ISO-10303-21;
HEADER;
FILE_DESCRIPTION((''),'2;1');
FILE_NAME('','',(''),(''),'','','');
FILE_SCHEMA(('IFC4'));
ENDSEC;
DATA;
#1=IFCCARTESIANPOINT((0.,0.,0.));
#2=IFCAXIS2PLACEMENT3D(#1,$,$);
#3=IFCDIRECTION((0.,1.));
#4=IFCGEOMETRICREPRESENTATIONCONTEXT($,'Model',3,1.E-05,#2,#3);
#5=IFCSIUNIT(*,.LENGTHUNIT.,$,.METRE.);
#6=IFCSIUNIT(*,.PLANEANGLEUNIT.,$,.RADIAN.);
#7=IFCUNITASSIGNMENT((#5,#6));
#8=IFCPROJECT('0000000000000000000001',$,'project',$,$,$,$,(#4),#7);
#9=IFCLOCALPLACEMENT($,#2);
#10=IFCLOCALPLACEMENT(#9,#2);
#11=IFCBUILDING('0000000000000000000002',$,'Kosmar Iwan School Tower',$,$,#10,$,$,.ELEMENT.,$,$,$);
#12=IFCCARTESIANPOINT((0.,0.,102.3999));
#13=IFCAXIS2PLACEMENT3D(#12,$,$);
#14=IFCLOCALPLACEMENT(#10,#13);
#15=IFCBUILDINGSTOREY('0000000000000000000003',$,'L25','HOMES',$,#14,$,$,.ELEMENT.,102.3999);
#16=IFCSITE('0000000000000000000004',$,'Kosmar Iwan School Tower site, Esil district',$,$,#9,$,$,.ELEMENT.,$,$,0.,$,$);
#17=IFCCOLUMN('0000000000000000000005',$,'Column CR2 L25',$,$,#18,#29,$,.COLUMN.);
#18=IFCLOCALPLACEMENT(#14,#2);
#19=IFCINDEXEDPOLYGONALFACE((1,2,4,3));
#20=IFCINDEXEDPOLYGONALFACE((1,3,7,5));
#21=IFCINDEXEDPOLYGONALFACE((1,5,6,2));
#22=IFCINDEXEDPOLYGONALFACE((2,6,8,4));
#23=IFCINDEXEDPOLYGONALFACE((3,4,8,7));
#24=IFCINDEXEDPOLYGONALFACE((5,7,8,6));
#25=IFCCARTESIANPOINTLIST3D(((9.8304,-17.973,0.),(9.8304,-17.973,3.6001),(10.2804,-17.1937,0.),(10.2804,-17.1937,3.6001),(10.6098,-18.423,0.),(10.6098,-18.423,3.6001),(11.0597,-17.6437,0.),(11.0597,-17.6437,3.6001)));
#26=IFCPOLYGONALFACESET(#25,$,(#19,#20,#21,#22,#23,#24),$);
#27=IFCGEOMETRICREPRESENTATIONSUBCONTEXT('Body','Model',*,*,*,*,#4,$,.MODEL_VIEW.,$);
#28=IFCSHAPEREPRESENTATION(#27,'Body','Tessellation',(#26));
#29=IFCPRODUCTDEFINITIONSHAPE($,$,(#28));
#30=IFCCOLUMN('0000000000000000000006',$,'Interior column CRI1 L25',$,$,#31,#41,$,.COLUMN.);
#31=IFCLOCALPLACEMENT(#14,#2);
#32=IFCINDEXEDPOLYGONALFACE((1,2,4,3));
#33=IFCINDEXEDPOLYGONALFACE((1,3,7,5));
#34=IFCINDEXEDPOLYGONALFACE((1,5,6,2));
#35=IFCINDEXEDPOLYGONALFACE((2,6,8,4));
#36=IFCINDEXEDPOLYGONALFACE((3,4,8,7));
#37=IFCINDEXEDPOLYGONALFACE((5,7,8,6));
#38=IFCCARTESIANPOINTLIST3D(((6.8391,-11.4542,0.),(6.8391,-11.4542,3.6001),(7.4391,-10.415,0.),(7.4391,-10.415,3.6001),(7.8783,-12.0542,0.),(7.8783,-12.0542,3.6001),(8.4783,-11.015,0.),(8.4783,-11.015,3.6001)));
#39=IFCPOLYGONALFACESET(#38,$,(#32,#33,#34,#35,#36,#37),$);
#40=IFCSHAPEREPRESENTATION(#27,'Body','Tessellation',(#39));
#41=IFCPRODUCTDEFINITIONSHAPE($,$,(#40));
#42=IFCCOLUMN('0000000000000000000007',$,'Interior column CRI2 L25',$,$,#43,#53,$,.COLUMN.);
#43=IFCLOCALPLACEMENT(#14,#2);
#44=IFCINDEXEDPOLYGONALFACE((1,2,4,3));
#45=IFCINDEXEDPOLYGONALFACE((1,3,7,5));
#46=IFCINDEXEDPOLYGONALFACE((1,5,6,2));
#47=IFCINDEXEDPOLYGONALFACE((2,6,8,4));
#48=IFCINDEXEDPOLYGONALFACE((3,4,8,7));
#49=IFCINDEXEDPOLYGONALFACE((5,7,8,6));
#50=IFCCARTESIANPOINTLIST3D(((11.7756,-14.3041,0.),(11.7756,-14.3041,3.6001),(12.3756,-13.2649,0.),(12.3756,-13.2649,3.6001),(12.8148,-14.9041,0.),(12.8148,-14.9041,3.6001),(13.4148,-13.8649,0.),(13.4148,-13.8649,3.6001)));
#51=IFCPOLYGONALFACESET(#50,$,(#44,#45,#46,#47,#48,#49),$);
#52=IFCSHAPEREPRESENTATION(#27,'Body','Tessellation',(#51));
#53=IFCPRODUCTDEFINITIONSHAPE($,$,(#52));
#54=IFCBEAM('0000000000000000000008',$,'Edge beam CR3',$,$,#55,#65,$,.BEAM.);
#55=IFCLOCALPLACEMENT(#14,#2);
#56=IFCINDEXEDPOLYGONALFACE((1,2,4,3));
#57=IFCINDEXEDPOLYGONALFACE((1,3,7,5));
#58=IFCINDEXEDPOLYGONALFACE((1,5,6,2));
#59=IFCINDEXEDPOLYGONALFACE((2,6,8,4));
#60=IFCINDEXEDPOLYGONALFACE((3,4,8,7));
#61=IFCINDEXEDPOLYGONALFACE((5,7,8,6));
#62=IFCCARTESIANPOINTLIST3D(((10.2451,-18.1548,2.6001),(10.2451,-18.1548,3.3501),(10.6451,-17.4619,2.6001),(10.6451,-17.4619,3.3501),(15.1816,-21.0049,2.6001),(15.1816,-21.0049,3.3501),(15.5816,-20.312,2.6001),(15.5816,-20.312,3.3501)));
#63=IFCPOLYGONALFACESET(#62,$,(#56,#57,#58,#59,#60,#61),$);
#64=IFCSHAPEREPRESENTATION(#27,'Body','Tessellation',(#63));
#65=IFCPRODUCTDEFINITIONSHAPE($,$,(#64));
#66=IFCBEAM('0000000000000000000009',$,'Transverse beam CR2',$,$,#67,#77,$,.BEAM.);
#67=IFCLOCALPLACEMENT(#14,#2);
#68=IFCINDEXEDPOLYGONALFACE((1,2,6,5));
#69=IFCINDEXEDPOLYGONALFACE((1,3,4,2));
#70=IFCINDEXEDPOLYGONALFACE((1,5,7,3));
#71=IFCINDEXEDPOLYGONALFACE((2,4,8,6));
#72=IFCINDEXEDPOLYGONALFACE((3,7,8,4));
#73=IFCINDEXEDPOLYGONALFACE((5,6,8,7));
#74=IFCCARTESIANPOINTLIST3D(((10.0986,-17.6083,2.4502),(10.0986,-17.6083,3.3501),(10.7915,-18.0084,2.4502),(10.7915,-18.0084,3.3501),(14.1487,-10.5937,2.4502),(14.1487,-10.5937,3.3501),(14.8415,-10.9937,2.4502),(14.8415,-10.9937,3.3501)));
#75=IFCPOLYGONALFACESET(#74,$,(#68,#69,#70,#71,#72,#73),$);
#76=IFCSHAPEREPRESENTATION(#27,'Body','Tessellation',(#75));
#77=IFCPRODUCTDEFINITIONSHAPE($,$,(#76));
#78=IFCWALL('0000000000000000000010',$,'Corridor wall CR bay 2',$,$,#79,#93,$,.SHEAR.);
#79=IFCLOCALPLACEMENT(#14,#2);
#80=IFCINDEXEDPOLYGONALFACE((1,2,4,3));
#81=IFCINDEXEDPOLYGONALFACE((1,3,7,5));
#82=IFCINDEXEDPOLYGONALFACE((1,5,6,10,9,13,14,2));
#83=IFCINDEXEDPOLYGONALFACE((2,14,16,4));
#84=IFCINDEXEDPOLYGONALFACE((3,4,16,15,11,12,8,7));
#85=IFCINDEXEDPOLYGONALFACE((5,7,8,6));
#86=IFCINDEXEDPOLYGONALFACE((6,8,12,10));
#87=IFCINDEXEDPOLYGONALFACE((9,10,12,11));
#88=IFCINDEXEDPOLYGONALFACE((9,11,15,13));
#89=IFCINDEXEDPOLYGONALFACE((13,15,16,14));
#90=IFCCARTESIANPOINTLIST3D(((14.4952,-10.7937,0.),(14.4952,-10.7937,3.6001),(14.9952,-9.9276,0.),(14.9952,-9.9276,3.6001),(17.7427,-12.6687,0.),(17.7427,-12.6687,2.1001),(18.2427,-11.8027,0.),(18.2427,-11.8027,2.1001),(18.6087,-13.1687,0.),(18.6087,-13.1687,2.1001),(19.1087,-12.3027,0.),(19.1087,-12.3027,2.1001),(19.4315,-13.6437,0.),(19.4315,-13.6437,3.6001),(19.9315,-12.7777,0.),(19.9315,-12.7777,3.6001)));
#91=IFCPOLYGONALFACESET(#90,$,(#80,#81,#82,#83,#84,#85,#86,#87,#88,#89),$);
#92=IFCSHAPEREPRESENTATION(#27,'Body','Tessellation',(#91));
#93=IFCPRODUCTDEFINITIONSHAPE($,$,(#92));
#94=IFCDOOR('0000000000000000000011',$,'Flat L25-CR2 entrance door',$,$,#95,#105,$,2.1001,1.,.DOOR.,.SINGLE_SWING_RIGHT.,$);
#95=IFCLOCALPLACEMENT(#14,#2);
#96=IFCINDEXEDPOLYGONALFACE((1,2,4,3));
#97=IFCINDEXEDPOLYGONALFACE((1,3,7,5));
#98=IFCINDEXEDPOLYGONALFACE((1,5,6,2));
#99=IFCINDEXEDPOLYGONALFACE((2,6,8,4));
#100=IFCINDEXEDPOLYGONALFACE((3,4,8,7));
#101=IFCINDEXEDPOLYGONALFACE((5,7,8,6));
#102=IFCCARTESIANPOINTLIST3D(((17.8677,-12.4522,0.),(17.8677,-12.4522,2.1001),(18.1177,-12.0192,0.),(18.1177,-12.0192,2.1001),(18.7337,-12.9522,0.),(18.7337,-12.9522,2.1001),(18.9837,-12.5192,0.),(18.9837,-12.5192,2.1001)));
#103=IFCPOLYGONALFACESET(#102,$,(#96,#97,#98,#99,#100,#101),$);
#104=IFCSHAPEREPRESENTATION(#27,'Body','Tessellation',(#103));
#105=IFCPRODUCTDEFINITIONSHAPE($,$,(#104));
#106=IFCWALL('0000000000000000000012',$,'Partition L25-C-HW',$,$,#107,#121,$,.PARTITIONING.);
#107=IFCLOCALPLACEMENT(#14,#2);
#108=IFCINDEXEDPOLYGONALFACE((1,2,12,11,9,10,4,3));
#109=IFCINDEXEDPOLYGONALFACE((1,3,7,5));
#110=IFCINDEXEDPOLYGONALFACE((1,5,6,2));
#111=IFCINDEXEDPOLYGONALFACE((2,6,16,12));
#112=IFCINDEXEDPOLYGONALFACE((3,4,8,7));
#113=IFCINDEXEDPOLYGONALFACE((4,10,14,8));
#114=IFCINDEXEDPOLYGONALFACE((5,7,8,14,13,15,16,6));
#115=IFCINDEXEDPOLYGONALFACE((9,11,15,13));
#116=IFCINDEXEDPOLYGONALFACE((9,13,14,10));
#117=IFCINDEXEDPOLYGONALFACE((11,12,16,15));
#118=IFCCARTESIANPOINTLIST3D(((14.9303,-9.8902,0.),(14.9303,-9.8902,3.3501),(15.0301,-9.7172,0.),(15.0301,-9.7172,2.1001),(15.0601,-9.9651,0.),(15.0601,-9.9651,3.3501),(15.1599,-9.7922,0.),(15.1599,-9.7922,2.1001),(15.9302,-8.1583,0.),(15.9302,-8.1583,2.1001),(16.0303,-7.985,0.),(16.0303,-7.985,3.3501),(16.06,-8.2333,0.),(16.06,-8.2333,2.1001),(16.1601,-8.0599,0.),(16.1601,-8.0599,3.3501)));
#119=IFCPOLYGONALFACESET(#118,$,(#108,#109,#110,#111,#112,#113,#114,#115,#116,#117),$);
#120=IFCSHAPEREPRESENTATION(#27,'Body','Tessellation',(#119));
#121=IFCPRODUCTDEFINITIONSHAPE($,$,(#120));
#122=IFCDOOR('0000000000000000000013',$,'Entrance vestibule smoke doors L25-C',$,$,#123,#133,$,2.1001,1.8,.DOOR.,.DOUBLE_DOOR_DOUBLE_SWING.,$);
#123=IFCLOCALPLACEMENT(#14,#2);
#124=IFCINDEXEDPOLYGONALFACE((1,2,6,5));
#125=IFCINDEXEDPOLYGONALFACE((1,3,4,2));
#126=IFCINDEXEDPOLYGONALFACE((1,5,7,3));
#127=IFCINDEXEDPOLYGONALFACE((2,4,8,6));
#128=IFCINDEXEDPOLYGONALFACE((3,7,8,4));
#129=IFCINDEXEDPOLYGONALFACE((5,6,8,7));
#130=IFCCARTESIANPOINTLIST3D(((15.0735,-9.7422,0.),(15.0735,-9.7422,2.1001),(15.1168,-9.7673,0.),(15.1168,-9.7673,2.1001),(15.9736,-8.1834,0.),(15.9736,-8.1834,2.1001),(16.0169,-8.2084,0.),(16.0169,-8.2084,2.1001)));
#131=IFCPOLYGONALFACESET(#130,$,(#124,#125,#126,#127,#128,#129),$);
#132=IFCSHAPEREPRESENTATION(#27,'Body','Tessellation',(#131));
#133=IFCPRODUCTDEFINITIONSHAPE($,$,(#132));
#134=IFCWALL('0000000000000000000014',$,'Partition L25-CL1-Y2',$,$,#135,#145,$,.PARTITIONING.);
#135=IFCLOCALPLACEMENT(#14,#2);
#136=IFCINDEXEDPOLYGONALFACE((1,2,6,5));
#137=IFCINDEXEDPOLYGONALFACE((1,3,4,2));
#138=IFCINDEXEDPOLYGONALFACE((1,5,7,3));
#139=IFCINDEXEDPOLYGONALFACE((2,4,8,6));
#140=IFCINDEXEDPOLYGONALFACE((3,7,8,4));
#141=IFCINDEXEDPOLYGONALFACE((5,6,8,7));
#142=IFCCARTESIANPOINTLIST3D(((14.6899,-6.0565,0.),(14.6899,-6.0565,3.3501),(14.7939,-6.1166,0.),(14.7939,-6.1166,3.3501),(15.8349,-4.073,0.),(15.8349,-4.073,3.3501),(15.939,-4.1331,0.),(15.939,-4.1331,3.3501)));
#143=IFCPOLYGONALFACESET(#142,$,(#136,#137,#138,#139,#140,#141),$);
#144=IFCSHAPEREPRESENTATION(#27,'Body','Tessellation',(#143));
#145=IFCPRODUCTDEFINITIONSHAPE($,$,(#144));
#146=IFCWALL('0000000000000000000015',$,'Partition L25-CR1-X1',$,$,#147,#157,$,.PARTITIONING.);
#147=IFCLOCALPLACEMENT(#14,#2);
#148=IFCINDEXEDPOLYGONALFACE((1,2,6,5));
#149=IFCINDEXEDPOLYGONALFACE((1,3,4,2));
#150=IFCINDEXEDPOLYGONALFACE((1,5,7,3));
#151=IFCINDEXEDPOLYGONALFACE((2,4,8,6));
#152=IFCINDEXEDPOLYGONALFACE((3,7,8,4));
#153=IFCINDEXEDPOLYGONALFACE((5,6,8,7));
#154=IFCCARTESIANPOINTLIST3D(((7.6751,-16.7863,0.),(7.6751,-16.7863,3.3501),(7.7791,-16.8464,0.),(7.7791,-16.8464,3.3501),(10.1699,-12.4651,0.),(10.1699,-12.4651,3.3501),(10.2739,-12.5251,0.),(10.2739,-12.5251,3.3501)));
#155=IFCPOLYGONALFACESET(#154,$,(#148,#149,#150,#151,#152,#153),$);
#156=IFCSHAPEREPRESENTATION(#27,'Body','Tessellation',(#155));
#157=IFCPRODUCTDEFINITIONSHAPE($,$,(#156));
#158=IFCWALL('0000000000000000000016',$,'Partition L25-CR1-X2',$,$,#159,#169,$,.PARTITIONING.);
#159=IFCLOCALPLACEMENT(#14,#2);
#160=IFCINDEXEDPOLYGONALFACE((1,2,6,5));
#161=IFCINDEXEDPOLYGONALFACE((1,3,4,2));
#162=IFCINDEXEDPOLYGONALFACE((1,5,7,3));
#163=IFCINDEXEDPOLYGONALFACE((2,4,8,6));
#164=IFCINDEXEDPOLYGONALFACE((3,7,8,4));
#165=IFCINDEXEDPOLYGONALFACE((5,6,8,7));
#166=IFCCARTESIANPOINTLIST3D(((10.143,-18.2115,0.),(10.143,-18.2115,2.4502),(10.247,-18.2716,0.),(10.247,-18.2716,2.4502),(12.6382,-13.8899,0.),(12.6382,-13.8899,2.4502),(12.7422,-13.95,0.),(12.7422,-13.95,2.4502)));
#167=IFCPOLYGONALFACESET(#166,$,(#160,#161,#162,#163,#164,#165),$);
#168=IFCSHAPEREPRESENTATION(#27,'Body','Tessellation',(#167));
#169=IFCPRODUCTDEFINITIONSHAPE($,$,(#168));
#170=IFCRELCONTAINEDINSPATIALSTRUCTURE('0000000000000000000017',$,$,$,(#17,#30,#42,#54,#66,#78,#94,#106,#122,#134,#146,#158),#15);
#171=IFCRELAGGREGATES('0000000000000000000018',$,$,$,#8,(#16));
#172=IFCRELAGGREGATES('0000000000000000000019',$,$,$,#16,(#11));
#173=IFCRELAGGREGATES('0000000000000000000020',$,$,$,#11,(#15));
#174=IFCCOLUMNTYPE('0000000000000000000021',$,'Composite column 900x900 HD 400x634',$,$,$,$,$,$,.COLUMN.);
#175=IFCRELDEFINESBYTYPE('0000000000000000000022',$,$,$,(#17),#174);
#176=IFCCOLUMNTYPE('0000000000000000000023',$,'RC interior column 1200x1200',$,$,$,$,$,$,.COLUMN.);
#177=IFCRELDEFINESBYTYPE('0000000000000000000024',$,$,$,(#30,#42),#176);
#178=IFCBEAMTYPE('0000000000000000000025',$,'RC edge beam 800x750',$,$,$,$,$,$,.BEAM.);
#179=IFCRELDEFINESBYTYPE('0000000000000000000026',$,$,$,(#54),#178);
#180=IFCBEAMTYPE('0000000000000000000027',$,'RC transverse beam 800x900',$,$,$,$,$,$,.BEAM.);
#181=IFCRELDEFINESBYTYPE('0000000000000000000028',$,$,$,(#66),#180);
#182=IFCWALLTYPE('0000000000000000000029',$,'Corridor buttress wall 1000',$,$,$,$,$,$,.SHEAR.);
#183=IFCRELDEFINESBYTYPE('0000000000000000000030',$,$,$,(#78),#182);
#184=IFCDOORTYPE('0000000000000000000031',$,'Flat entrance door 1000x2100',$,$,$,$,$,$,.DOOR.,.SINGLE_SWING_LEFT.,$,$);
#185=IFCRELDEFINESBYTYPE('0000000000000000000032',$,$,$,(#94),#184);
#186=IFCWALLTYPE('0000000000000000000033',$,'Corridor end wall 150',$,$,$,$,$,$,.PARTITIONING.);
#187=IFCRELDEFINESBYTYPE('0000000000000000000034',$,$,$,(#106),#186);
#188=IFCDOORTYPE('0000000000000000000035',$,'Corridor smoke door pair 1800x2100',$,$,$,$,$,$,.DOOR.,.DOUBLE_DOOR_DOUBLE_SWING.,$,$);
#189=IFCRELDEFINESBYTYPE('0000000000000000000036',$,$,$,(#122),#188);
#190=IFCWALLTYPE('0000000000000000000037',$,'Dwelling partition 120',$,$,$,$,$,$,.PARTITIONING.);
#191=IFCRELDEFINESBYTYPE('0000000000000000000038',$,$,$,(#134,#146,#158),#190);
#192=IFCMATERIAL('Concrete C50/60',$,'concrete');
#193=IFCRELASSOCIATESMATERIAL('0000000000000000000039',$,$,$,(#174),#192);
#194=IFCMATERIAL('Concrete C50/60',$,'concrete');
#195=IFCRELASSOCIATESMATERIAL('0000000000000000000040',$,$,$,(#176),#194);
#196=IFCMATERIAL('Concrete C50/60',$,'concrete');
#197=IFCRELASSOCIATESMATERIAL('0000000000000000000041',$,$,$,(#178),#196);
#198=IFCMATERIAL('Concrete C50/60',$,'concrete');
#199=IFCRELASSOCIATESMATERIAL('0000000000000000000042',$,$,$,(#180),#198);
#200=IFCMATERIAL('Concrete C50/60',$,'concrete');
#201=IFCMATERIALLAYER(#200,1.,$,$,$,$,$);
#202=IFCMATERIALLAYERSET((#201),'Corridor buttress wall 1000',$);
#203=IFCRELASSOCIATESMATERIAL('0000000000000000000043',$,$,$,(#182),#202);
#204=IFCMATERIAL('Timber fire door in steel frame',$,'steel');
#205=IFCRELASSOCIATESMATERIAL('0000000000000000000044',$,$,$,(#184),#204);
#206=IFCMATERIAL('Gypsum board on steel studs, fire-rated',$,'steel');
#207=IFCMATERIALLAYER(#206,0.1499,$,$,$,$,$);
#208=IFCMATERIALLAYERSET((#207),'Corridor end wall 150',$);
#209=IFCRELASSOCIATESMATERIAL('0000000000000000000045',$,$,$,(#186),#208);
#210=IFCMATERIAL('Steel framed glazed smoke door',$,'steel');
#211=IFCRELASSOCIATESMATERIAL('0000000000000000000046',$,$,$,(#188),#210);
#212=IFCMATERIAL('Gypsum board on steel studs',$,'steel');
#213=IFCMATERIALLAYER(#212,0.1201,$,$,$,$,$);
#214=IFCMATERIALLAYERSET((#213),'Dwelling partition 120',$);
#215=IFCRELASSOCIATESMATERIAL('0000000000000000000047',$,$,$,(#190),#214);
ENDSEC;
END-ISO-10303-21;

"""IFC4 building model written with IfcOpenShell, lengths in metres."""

from ifc_helpers import new_model, si_unit, direction, frame, frame_2d, origin, origin_2d, place, context, subcontext, project, spatial, rectangle, extrude, material, layer, layer_set, material_profile, profile_set, type_object, element, fill, save


model = new_model("IFC4")

# Units and contexts
model_context = context("Model", 3, precision=1e-05, world=origin(), true_north=direction((0.0, 1.0)))
body_context = subcontext(model_context, "Body", "Model", "MODEL_VIEW")
ifc_project = project(units=[si_unit("LENGTHUNIT", "METRE"), si_unit("PLANEANGLEUNIT", "RADIAN")], contexts=[model_context])

# Site, building, storey
site_placement = place(None, origin())
site = spatial("IfcSite", under=ifc_project, at=site_placement, Name="Kosmar Iwan School Tower site, Esil district", CompositionType="ELEMENT", RefElevation=0.0)
building_placement = place(site_placement, origin())
building = spatial("IfcBuilding", under=site, at=building_placement, Name="Kosmar Iwan School Tower", CompositionType="ELEMENT")
storey_placement = place(building_placement, frame((0.0, 0.0, 102.3999)))
storey = spatial("IfcBuildingStorey", under=building, at=storey_placement, Name="L25", Description="HOMES", CompositionType="ELEMENT", Elevation=102.3999)

# Columns
ifc_material_1 = material(Name="Concrete C50/60", Category="concrete")
ifc_material_profile_1 = material_profile(ifc_material_1, rectangle(XDim=0.8999, YDim=0.8999, at=origin_2d()), Name="RC 900x900 + HD 400x634")
ifc_profile_set_1 = profile_set([ifc_material_profile_1], Name="Concrete C50/60")
column_type_1 = type_object("IfcColumnType", Name="Composite column 900x900 HD 400x634", PredefinedType="COLUMN", material=ifc_profile_set_1)
column_placement = place(storey_placement, frame((10.4451, -17.8083, 0.0), z_axis=(0.0, 0.0, 1.0), x_axis=(0.866025, -0.5, 0.0)))
element("IfcColumn", 1, at=column_placement, inside=storey, type_object=column_type_1, Name="Column CR2 L25", PredefinedType="COLUMN", context=body_context, shape_type="SweptSolid", body=[
    extrude(rectangle(XDim=0.8999, YDim=0.8999, at=origin_2d()), origin(), (0.0, 0.0, 1.0), 3.6001),
])
ifc_material_2 = material(Name="Concrete C50/60", Category="concrete")
ifc_material_profile_2 = material_profile(ifc_material_2, rectangle(XDim=1.2, YDim=1.2, at=origin_2d()), Name="RC 1200x1200")
ifc_profile_set_2 = profile_set([ifc_material_profile_2], Name="Concrete C50/60")
column_type_2 = type_object("IfcColumnType", Name="RC interior column 1200x1200", PredefinedType="COLUMN", material=ifc_profile_set_2)
for number, where, z_axis, x_axis, name in (
    (2, (7.6587, -11.2346, 0.0), (0.0, 0.0, 1.0), (0.866025, -0.5, 0.0), "Interior column CRI1 L25"),
    (3, (12.5952, -14.0845, 0.0), (0.0, 0.0, 1.0), (0.866025, -0.5, 0.0), "Interior column CRI2 L25"),
):
    element("IfcColumn", number, at=place(storey_placement, frame(where, z_axis=z_axis, x_axis=x_axis)), inside=storey, type_object=column_type_2, Name=name, PredefinedType="COLUMN", context=body_context, shape_type="SweptSolid", body=[
        extrude(rectangle(XDim=1.2, YDim=1.2, at=origin_2d()), origin(), (0.0, 0.0, 1.0), 3.6001),
    ])

# Beams
ifc_material_3 = material(Name="Concrete C50/60", Category="concrete")
ifc_material_profile_3 = material_profile(ifc_material_3, rectangle(XDim=0.8, YDim=0.75, at=origin_2d()), Name="RC 800x750")
ifc_profile_set_3 = profile_set([ifc_material_profile_3], Name="Concrete C50/60")
beam_type_1 = type_object("IfcBeamType", Name="RC edge beam 800x750", PredefinedType="BEAM", material=ifc_profile_set_3)
beam_1_placement = place(storey_placement, frame((10.4451, -17.8083, 2.9751), z_axis=(0.866026, -0.499999, 0.0), x_axis=(0.499999, 0.866026, 0.0)))
element("IfcBeam", 4, at=beam_1_placement, inside=storey, type_object=beam_type_1, Name="Edge beam CR3", PredefinedType="BEAM", context=body_context, shape_type="SweptSolid", body=[
    extrude(rectangle(XDim=0.8, YDim=0.75, at=origin_2d()), origin(), (0.0, 0.0, 1.0), 5.7002),
])
ifc_material_4 = material(Name="Concrete C50/60", Category="concrete")
ifc_material_profile_4 = material_profile(ifc_material_4, rectangle(XDim=0.8, YDim=0.8999, at=origin_2d()), Name="RC 800x900")
ifc_profile_set_4 = profile_set([ifc_material_profile_4], Name="Concrete C50/60")
beam_type_2 = type_object("IfcBeamType", Name="RC transverse beam 800x900", PredefinedType="BEAM", material=ifc_profile_set_4)
beam_2_placement = place(storey_placement, frame((10.4451, -17.8083, 2.9001), z_axis=(0.500013, 0.866018, 0.0), x_axis=(-0.866018, 0.500013, 0.0)))
element("IfcBeam", 5, at=beam_2_placement, inside=storey, type_object=beam_type_2, Name="Transverse beam CR2", PredefinedType="BEAM", context=body_context, shape_type="SweptSolid", body=[
    extrude(rectangle(XDim=0.8, YDim=0.8999, at=origin_2d()), origin(), (0.0, 0.0, 1.0), 8.0999),
])

# Walls, openings, doors
ifc_material_5 = material(Name="Concrete C50/60", Category="concrete")
ifc_layer_1 = layer(ifc_material_5, 1.0)
ifc_layer_set_1 = layer_set([ifc_layer_1], Name="Corridor buttress wall 1000")
wall_type_1 = type_object("IfcWallType", Name="Corridor buttress wall 1000", PredefinedType="SHEAR", material=ifc_layer_set_1)
wall_1_placement = place(storey_placement, frame((14.7451, -10.3606, 0.0), z_axis=(0.0, 0.0, 1.0), x_axis=(0.866015, -0.500018, 0.0)))
wall_1 = element("IfcWall", 6, at=wall_1_placement, inside=storey, type_object=wall_type_1, Name="Corridor wall CR bay 2", PredefinedType="SHEAR", context=body_context, shape_type="SweptSolid", body=[
    extrude(rectangle(XDim=5.7, YDim=1.0, at=frame_2d((2.8501, 0.0))), origin(), (0.0, 0.0, 1.0), 3.6001),
])
opening_1_placement = place(wall_1_placement, frame((3.75, 0.0, 0.0)))
opening_1 = element("IfcOpeningElement", 7, at=opening_1_placement, cuts=wall_1, PredefinedType="OPENING", context=body_context, shape_type="SweptSolid", body=[
    extrude(rectangle(XDim=1.0, YDim=2.1001, at=frame_2d((0.5, 1.05))), frame((0.0, 0.512, 0.0), z_axis=(0.0, -1.0, 0.0), x_axis=(1.0, 0.0, 0.0)), (0.0, 0.0, 1.0), 1.0239),
])
ifc_material_6 = material(Name="Timber fire door in steel frame", Category="steel")
door_type_1 = type_object("IfcDoorType", Name="Flat entrance door 1000x2100", OperationType="SINGLE_SWING_LEFT", PredefinedType="DOOR", material=ifc_material_6)
door_1_placement = place(opening_1_placement, origin())
door_1 = element("IfcDoor", 8, at=door_1_placement, inside=storey, type_object=door_type_1, Name="Flat L25-CR2 entrance door", OperationType="SINGLE_SWING_RIGHT", OverallHeight=2.1001, OverallWidth=1.0, PredefinedType="DOOR", context=body_context, shape_type="SweptSolid", body=[
    extrude(rectangle(XDim=1.0, YDim=2.1001, at=frame_2d((0.5, 1.05))), frame((0.0, 0.25, 0.0), z_axis=(0.0, -1.0, 0.0), x_axis=(1.0, 0.0, 0.0)), (0.0, 0.0, 1.0), 0.5),
])
fill(opening_1, door_1)
ifc_material_7 = material(Name="Gypsum board on steel studs, fire-rated", Category="steel")
ifc_layer_2 = layer(ifc_material_7, 0.1499)
ifc_layer_set_2 = layer_set([ifc_layer_2], Name="Corridor end wall 150")
wall_type_2 = type_object("IfcWallType", Name="Corridor end wall 150", PredefinedType="PARTITIONING", material=ifc_layer_set_2)
wall_2_placement = place(storey_placement, frame((14.9951, -9.9277, 0.0), z_axis=(0.0, 0.0, 1.0), x_axis=(0.50003, 0.866008, 0.0)))
wall_2 = element("IfcWall", 9, at=wall_2_placement, inside=storey, type_object=wall_type_2, Name="Partition L25-C-HW", PredefinedType="PARTITIONING", context=body_context, shape_type="SweptSolid", body=[
    extrude(rectangle(XDim=2.2, YDim=0.1499, at=frame_2d((1.1001, 0.0))), origin(), (0.0, 0.0, 1.0), 3.3501),
])
opening_2_placement = place(wall_2_placement, frame((0.2, 0.0, 0.0)))
opening_2 = element("IfcOpeningElement", 10, at=opening_2_placement, cuts=wall_2, PredefinedType="OPENING", context=body_context, shape_type="SweptSolid", body=[
    extrude(rectangle(XDim=1.8, YDim=2.1001, at=frame_2d((0.8999, 1.05))), frame((0.0, 0.0869, 0.0), z_axis=(0.0, -1.0, 0.0), x_axis=(1.0, 0.0, 0.0)), (0.0, 0.0, 1.0), 0.1738),
])
ifc_material_8 = material(Name="Steel framed glazed smoke door", Category="steel")
door_type_2 = type_object("IfcDoorType", Name="Corridor smoke door pair 1800x2100", OperationType="DOUBLE_DOOR_DOUBLE_SWING", PredefinedType="DOOR", material=ifc_material_8)
door_2_placement = place(opening_2_placement, origin())
door_2 = element("IfcDoor", 11, at=door_2_placement, inside=storey, type_object=door_type_2, Name="Entrance vestibule smoke doors L25-C", OperationType="DOUBLE_DOOR_DOUBLE_SWING", OverallHeight=2.1001, OverallWidth=1.8, PredefinedType="DOOR", context=body_context, shape_type="SweptSolid", body=[
    extrude(rectangle(XDim=1.8, YDim=2.1001, at=frame_2d((0.8999, 1.05))), frame((0.0, 0.0249, 0.0), z_axis=(0.0, -1.0, 0.0), x_axis=(1.0, 0.0, 0.0)), (0.0, 0.0, 1.0), 0.05),
])
fill(opening_2, door_2)

# Walls
ifc_material_9 = material(Name="Gypsum board on steel studs", Category="steel")
ifc_layer_3 = layer(ifc_material_9, 0.1201)
ifc_layer_set_3 = layer_set([ifc_layer_3], Name="Dwelling partition 120")
wall_type_3 = type_object("IfcWallType", Name="Dwelling partition 120", PredefinedType="PARTITIONING", material=ifc_layer_set_3)
wall_3_placement = place(storey_placement, frame((14.7419, -6.0864, 0.0), z_axis=(0.0, 0.0, 1.0), x_axis=(0.499969, 0.866044, 0.0)))
element("IfcWall", 12, at=wall_3_placement, inside=storey, type_object=wall_type_3, Name="Partition L25-CL1-Y2", PredefinedType="PARTITIONING", context=body_context, shape_type="SweptSolid", body=[
    extrude(rectangle(XDim=2.2903, YDim=0.1201, at=frame_2d((1.145, 0.0))), origin(), (0.0, 0.0, 1.0), 3.3501),
])
wall_4_placement = place(storey_placement, frame((10.2219, -12.4951, 0.0), z_axis=(0.0, 0.0, 1.0), x_axis=(-0.499996, -0.866028, 0.0)))
element("IfcWall", 13, at=wall_4_placement, inside=storey, type_object=wall_type_3, Name="Partition L25-CR1-X1", PredefinedType="PARTITIONING", context=body_context, shape_type="SweptSolid", body=[
    extrude(rectangle(XDim=4.9897, YDim=0.1201, at=frame_2d((2.4949, 0.0))), origin(), (0.0, 0.0, 1.0), 3.3501),
])
wall_5_placement = place(storey_placement, frame((12.6902, -13.9199, 0.0), z_axis=(0.0, 0.0, 1.0), x_axis=(-0.500012, -0.866019, 0.0)))
element("IfcWall", 14, at=wall_5_placement, inside=storey, type_object=wall_type_3, Name="Partition L25-CR1-X2", PredefinedType="PARTITIONING", context=body_context, shape_type="SweptSolid", body=[
    extrude(rectangle(XDim=4.9902, YDim=0.1201, at=frame_2d((2.4951, 0.0))), origin(), (0.0, 0.0, 1.0), 2.4502),
])

save(model, "model.ifc")
